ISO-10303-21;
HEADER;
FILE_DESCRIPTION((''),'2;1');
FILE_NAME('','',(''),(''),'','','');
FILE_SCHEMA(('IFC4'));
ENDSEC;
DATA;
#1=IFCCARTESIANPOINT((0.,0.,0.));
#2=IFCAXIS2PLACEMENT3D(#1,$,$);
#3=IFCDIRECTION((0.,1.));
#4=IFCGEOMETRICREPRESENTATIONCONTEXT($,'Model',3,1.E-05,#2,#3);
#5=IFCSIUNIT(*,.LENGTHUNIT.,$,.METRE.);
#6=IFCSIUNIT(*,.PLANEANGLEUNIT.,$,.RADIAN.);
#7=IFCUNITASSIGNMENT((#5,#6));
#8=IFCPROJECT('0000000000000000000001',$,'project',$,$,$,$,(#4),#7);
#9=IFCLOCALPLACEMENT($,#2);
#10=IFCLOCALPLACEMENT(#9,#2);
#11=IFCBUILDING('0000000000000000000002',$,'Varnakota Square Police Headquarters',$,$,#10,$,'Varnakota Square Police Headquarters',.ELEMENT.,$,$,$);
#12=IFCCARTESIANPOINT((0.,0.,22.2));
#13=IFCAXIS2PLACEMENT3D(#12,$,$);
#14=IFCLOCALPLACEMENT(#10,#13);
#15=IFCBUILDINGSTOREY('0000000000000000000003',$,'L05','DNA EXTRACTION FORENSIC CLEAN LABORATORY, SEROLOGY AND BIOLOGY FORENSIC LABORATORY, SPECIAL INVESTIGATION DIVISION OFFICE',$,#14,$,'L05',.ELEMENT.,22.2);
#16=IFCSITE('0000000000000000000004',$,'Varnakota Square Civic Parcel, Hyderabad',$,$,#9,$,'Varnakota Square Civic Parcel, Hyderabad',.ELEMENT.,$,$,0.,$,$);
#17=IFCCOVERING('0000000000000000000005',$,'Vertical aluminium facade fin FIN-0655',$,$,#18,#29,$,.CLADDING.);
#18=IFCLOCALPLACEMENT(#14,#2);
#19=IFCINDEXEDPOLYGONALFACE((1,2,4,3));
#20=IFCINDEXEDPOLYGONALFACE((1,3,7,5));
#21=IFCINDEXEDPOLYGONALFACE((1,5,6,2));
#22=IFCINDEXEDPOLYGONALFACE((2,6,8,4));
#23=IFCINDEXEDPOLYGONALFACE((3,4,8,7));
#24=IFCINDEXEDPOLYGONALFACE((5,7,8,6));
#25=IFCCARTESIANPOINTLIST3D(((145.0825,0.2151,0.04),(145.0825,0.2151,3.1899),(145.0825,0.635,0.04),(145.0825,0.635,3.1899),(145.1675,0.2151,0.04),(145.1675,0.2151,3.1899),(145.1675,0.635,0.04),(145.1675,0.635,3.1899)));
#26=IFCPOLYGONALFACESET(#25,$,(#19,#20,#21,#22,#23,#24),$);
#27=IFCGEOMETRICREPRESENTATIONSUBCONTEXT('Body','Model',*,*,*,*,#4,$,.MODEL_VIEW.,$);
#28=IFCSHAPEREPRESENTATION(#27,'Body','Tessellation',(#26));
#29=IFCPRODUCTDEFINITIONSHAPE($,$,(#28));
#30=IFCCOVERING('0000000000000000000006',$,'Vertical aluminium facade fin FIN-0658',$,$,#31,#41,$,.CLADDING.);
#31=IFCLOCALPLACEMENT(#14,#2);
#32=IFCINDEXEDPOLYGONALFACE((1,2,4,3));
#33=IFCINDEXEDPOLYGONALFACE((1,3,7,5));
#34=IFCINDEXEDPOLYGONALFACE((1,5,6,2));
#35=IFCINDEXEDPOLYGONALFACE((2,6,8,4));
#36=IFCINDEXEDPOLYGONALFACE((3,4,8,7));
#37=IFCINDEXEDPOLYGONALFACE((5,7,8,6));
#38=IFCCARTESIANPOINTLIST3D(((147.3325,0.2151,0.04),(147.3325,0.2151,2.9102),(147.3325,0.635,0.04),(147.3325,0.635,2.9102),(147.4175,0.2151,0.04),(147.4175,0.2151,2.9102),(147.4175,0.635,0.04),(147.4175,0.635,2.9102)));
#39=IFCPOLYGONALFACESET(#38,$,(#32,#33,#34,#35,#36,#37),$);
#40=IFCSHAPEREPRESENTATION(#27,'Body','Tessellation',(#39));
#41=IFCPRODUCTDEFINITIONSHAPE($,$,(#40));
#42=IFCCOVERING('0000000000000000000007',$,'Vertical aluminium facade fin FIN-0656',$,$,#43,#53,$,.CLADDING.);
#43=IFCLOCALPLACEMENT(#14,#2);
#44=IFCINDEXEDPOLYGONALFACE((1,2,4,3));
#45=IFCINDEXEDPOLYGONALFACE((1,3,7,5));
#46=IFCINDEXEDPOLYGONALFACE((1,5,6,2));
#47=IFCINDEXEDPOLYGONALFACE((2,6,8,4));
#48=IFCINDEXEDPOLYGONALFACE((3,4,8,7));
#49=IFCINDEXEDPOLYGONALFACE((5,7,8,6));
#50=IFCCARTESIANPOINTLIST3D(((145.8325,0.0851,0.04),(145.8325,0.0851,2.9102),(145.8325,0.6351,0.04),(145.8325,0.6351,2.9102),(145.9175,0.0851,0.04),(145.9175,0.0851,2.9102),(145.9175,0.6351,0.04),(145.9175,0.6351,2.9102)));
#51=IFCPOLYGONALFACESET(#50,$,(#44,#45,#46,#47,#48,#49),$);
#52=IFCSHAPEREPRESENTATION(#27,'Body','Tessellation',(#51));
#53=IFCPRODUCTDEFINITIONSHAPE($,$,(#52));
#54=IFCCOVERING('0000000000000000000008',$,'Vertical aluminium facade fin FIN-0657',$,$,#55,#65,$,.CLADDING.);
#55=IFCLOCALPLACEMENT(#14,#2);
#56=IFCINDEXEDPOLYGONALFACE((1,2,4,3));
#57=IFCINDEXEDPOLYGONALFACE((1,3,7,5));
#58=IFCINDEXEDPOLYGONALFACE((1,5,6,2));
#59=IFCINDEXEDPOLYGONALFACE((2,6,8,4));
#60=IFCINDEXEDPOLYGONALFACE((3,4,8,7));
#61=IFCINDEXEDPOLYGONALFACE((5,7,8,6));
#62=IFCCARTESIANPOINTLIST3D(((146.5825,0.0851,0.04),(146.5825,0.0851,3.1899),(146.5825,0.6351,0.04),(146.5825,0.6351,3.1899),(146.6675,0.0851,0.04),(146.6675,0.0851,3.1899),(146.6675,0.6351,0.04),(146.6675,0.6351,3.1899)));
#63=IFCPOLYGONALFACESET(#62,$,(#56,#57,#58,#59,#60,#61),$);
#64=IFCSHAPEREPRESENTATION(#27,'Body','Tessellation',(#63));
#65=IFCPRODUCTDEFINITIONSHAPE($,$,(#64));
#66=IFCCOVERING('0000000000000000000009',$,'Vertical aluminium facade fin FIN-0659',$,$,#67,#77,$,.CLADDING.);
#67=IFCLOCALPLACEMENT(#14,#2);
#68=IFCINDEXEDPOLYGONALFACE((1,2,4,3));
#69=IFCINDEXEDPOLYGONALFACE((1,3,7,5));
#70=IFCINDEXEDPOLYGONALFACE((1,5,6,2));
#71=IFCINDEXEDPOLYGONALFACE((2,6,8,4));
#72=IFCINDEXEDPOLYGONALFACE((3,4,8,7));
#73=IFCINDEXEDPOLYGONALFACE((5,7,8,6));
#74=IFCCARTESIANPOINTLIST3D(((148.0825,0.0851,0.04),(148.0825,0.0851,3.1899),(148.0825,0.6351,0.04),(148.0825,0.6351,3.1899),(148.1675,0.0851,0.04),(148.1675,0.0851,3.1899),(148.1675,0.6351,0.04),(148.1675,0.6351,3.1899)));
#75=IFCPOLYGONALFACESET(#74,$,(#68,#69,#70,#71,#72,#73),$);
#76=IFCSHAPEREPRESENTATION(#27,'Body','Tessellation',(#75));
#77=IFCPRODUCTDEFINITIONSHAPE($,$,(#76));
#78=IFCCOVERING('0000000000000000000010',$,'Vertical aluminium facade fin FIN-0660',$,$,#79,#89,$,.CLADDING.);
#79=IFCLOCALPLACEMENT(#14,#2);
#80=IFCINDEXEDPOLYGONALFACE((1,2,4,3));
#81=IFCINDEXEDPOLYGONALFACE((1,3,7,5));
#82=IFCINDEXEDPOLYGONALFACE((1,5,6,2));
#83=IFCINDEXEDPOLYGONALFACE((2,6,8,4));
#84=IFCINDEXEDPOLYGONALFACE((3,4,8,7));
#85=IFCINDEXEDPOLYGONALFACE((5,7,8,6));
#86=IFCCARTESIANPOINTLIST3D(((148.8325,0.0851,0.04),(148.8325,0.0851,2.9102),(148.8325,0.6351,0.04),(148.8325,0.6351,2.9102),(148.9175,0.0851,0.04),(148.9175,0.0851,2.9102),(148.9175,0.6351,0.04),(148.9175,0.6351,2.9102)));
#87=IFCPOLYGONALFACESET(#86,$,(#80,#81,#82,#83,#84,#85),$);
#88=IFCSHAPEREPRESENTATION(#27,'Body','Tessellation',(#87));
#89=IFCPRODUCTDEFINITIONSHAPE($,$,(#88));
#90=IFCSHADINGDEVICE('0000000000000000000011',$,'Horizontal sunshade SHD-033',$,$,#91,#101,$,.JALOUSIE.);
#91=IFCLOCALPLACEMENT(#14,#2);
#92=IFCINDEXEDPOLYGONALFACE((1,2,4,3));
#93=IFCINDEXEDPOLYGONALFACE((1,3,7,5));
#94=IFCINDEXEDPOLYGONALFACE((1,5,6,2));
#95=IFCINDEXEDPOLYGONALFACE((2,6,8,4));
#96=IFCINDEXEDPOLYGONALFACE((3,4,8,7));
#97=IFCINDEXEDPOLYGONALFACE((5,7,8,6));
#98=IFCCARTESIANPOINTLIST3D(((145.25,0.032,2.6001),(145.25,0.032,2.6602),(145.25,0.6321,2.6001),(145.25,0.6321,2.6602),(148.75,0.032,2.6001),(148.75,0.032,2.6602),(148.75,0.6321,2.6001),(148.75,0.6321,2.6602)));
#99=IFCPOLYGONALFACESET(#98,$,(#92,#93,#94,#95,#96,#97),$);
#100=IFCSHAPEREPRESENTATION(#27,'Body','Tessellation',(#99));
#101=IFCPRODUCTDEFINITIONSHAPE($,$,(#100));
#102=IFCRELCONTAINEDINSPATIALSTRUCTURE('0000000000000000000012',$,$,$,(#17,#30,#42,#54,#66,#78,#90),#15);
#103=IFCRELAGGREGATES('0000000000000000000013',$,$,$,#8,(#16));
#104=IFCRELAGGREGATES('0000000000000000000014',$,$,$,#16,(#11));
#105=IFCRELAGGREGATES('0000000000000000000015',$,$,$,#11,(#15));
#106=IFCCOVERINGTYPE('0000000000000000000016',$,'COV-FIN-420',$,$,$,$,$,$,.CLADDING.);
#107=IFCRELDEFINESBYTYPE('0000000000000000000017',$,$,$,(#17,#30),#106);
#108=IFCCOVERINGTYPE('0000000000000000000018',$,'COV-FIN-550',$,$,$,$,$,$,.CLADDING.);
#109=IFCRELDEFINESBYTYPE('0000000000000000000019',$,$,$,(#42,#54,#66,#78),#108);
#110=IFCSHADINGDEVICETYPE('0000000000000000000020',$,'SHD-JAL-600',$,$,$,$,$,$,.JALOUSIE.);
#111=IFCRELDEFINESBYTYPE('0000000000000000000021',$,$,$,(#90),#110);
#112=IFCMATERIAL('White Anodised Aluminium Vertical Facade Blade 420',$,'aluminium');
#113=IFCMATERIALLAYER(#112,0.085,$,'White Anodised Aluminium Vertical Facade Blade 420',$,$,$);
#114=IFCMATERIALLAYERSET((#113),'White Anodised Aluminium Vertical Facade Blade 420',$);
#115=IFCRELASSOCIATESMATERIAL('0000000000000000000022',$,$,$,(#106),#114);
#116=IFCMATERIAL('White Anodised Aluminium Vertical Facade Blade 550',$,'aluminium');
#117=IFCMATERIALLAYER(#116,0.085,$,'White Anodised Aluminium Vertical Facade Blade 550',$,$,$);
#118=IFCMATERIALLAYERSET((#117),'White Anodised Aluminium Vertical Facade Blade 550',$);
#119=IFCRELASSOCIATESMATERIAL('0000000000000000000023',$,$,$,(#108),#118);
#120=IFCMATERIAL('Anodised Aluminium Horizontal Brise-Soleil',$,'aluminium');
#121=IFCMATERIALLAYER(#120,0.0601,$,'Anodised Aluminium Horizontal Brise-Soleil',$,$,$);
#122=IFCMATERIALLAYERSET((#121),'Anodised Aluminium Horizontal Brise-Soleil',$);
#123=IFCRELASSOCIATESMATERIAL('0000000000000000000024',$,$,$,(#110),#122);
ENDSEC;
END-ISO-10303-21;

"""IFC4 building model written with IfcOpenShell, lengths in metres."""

from ifc_helpers import new_model, si_unit, direction, frame, origin, origin_2d, place, context, subcontext, project, spatial, rectangle, extrude, material, layer, layer_set, type_object, element, save


model = new_model("IFC4")

# Units and contexts
model_context = context("Model", 3, precision=1e-05, world=origin(), true_north=direction((0.0, 1.0)))
body_context = subcontext(model_context, "Body", "Model", "MODEL_VIEW")
ifc_project = project(units=[si_unit("LENGTHUNIT", "METRE"), si_unit("PLANEANGLEUNIT", "RADIAN")], contexts=[model_context])

# Site, building, storey
site_placement = place(None, origin())
site = spatial("IfcSite", under=ifc_project, at=site_placement, Name="Varnakota Square Civic Parcel, Hyderabad", LongName="Varnakota Square Civic Parcel, Hyderabad", CompositionType="ELEMENT", RefElevation=0.0)
building_placement = place(site_placement, origin())
building = spatial("IfcBuilding", under=site, at=building_placement, Name="Varnakota Square Police Headquarters", LongName="Varnakota Square Police Headquarters", CompositionType="ELEMENT")
storey_placement = place(building_placement, frame((0.0, 0.0, 22.2)))
storey = spatial("IfcBuildingStorey", under=building, at=storey_placement, Name="L05", Description="DNA EXTRACTION FORENSIC CLEAN LABORATORY, SEROLOGY AND BIOLOGY FORENSIC LABORATORY, SPECIAL INVESTIGATION DIVISION OFFICE", LongName="L05", CompositionType="ELEMENT", Elevation=22.2)

# Coverings
ifc_material_1 = material(Name="White Anodised Aluminium Vertical Facade Blade 420", Category="aluminium")
ifc_layer_1 = layer(ifc_material_1, 0.085, Name="White Anodised Aluminium Vertical Facade Blade 420")
ifc_layer_set_1 = layer_set([ifc_layer_1], Name="White Anodised Aluminium Vertical Facade Blade 420")
covering_type_1 = type_object("IfcCoveringType", Name="COV-FIN-420", PredefinedType="CLADDING", material=ifc_layer_set_1)
covering_1_placement = place(storey_placement, frame((145.125, 0.425, 0.04), z_axis=(0.0, 0.0, 1.0), x_axis=(1.0, 0.0, 0.0)))
element("IfcCovering", 1, at=covering_1_placement, inside=storey, type_object=covering_type_1, Name="Vertical aluminium facade fin FIN-0655", PredefinedType="CLADDING", context=body_context, shape_type="SweptSolid", body=[
    extrude(rectangle(XDim=0.085, YDim=0.4199, at=origin_2d()), origin(), (0.0, 0.0, 1.0), 3.1499),
])
covering_2_placement = place(storey_placement, frame((147.375, 0.425, 0.04), z_axis=(0.0, 0.0, 1.0), x_axis=(1.0, 0.0, 0.0)))
element("IfcCovering", 2, at=covering_2_placement, inside=storey, type_object=covering_type_1, Name="Vertical aluminium facade fin FIN-0658", PredefinedType="CLADDING", context=body_context, shape_type="SweptSolid", body=[
    extrude(rectangle(XDim=0.085, YDim=0.4199, at=origin_2d()), origin(), (0.0, 0.0, 1.0), 2.8701),
])
ifc_material_2 = material(Name="White Anodised Aluminium Vertical Facade Blade 550", Category="aluminium")
ifc_layer_2 = layer(ifc_material_2, 0.085, Name="White Anodised Aluminium Vertical Facade Blade 550")
ifc_layer_set_2 = layer_set([ifc_layer_2], Name="White Anodised Aluminium Vertical Facade Blade 550")
covering_type_2 = type_object("IfcCoveringType", Name="COV-FIN-550", PredefinedType="CLADDING", material=ifc_layer_set_2)
covering_3_placement = place(storey_placement, frame((145.875, 0.3601, 0.04), z_axis=(0.0, 0.0, 1.0), x_axis=(1.0, 0.0, 0.0)))
element("IfcCovering", 3, at=covering_3_placement, inside=storey, type_object=covering_type_2, Name="Vertical aluminium facade fin FIN-0656", PredefinedType="CLADDING", context=body_context, shape_type="SweptSolid", body=[
    extrude(rectangle(XDim=0.085, YDim=0.55, at=origin_2d()), origin(), (0.0, 0.0, 1.0), 2.8701),
])
for number, where, z_axis, x_axis, name in (
    (4, (146.625, 0.3601, 0.04), (0.0, 0.0, 1.0), (1.0, 0.0, 0.0), "Vertical aluminium facade fin FIN-0657"),
    (5, (148.125, 0.3601, 0.04), (0.0, 0.0, 1.0), (1.0, 0.0, 0.0), "Vertical aluminium facade fin FIN-0659"),
):
    element("IfcCovering", number, at=place(storey_placement, frame(where, z_axis=z_axis, x_axis=x_axis)), inside=storey, type_object=covering_type_2, Name=name, PredefinedType="CLADDING", context=body_context, shape_type="SweptSolid", body=[
        extrude(rectangle(XDim=0.085, YDim=0.55, at=origin_2d()), origin(), (0.0, 0.0, 1.0), 3.1499),
    ])
covering_4_placement = place(storey_placement, frame((148.875, 0.3601, 0.04), z_axis=(0.0, 0.0, 1.0), x_axis=(1.0, 0.0, 0.0)))
element("IfcCovering", 6, at=covering_4_placement, inside=storey, type_object=covering_type_2, Name="Vertical aluminium facade fin FIN-0660", PredefinedType="CLADDING", context=body_context, shape_type="SweptSolid", body=[
    extrude(rectangle(XDim=0.085, YDim=0.55, at=origin_2d()), origin(), (0.0, 0.0, 1.0), 2.8701),
])

# Shading device
ifc_material_3 = material(Name="Anodised Aluminium Horizontal Brise-Soleil", Category="aluminium")
ifc_layer_3 = layer(ifc_material_3, 0.0601, Name="Anodised Aluminium Horizontal Brise-Soleil")
ifc_layer_set_3 = layer_set([ifc_layer_3], Name="Anodised Aluminium Horizontal Brise-Soleil")
shading_device_type = type_object("IfcShadingDeviceType", Name="SHD-JAL-600", PredefinedType="JALOUSIE", material=ifc_layer_set_3)
shading_device_placement = place(storey_placement, frame((147.0, 0.332, 2.6001), z_axis=(0.0, 0.0, 1.0), x_axis=(1.0, 0.0, 0.0)))
element("IfcShadingDevice", 7, at=shading_device_placement, inside=storey, type_object=shading_device_type, Name="Horizontal sunshade SHD-033", PredefinedType="JALOUSIE", context=body_context, shape_type="SweptSolid", body=[
    extrude(rectangle(XDim=3.5, YDim=0.6001, at=origin_2d()), origin(), (0.0, 0.0, 1.0), 0.0601),
])

save(model, "model.ifc")
